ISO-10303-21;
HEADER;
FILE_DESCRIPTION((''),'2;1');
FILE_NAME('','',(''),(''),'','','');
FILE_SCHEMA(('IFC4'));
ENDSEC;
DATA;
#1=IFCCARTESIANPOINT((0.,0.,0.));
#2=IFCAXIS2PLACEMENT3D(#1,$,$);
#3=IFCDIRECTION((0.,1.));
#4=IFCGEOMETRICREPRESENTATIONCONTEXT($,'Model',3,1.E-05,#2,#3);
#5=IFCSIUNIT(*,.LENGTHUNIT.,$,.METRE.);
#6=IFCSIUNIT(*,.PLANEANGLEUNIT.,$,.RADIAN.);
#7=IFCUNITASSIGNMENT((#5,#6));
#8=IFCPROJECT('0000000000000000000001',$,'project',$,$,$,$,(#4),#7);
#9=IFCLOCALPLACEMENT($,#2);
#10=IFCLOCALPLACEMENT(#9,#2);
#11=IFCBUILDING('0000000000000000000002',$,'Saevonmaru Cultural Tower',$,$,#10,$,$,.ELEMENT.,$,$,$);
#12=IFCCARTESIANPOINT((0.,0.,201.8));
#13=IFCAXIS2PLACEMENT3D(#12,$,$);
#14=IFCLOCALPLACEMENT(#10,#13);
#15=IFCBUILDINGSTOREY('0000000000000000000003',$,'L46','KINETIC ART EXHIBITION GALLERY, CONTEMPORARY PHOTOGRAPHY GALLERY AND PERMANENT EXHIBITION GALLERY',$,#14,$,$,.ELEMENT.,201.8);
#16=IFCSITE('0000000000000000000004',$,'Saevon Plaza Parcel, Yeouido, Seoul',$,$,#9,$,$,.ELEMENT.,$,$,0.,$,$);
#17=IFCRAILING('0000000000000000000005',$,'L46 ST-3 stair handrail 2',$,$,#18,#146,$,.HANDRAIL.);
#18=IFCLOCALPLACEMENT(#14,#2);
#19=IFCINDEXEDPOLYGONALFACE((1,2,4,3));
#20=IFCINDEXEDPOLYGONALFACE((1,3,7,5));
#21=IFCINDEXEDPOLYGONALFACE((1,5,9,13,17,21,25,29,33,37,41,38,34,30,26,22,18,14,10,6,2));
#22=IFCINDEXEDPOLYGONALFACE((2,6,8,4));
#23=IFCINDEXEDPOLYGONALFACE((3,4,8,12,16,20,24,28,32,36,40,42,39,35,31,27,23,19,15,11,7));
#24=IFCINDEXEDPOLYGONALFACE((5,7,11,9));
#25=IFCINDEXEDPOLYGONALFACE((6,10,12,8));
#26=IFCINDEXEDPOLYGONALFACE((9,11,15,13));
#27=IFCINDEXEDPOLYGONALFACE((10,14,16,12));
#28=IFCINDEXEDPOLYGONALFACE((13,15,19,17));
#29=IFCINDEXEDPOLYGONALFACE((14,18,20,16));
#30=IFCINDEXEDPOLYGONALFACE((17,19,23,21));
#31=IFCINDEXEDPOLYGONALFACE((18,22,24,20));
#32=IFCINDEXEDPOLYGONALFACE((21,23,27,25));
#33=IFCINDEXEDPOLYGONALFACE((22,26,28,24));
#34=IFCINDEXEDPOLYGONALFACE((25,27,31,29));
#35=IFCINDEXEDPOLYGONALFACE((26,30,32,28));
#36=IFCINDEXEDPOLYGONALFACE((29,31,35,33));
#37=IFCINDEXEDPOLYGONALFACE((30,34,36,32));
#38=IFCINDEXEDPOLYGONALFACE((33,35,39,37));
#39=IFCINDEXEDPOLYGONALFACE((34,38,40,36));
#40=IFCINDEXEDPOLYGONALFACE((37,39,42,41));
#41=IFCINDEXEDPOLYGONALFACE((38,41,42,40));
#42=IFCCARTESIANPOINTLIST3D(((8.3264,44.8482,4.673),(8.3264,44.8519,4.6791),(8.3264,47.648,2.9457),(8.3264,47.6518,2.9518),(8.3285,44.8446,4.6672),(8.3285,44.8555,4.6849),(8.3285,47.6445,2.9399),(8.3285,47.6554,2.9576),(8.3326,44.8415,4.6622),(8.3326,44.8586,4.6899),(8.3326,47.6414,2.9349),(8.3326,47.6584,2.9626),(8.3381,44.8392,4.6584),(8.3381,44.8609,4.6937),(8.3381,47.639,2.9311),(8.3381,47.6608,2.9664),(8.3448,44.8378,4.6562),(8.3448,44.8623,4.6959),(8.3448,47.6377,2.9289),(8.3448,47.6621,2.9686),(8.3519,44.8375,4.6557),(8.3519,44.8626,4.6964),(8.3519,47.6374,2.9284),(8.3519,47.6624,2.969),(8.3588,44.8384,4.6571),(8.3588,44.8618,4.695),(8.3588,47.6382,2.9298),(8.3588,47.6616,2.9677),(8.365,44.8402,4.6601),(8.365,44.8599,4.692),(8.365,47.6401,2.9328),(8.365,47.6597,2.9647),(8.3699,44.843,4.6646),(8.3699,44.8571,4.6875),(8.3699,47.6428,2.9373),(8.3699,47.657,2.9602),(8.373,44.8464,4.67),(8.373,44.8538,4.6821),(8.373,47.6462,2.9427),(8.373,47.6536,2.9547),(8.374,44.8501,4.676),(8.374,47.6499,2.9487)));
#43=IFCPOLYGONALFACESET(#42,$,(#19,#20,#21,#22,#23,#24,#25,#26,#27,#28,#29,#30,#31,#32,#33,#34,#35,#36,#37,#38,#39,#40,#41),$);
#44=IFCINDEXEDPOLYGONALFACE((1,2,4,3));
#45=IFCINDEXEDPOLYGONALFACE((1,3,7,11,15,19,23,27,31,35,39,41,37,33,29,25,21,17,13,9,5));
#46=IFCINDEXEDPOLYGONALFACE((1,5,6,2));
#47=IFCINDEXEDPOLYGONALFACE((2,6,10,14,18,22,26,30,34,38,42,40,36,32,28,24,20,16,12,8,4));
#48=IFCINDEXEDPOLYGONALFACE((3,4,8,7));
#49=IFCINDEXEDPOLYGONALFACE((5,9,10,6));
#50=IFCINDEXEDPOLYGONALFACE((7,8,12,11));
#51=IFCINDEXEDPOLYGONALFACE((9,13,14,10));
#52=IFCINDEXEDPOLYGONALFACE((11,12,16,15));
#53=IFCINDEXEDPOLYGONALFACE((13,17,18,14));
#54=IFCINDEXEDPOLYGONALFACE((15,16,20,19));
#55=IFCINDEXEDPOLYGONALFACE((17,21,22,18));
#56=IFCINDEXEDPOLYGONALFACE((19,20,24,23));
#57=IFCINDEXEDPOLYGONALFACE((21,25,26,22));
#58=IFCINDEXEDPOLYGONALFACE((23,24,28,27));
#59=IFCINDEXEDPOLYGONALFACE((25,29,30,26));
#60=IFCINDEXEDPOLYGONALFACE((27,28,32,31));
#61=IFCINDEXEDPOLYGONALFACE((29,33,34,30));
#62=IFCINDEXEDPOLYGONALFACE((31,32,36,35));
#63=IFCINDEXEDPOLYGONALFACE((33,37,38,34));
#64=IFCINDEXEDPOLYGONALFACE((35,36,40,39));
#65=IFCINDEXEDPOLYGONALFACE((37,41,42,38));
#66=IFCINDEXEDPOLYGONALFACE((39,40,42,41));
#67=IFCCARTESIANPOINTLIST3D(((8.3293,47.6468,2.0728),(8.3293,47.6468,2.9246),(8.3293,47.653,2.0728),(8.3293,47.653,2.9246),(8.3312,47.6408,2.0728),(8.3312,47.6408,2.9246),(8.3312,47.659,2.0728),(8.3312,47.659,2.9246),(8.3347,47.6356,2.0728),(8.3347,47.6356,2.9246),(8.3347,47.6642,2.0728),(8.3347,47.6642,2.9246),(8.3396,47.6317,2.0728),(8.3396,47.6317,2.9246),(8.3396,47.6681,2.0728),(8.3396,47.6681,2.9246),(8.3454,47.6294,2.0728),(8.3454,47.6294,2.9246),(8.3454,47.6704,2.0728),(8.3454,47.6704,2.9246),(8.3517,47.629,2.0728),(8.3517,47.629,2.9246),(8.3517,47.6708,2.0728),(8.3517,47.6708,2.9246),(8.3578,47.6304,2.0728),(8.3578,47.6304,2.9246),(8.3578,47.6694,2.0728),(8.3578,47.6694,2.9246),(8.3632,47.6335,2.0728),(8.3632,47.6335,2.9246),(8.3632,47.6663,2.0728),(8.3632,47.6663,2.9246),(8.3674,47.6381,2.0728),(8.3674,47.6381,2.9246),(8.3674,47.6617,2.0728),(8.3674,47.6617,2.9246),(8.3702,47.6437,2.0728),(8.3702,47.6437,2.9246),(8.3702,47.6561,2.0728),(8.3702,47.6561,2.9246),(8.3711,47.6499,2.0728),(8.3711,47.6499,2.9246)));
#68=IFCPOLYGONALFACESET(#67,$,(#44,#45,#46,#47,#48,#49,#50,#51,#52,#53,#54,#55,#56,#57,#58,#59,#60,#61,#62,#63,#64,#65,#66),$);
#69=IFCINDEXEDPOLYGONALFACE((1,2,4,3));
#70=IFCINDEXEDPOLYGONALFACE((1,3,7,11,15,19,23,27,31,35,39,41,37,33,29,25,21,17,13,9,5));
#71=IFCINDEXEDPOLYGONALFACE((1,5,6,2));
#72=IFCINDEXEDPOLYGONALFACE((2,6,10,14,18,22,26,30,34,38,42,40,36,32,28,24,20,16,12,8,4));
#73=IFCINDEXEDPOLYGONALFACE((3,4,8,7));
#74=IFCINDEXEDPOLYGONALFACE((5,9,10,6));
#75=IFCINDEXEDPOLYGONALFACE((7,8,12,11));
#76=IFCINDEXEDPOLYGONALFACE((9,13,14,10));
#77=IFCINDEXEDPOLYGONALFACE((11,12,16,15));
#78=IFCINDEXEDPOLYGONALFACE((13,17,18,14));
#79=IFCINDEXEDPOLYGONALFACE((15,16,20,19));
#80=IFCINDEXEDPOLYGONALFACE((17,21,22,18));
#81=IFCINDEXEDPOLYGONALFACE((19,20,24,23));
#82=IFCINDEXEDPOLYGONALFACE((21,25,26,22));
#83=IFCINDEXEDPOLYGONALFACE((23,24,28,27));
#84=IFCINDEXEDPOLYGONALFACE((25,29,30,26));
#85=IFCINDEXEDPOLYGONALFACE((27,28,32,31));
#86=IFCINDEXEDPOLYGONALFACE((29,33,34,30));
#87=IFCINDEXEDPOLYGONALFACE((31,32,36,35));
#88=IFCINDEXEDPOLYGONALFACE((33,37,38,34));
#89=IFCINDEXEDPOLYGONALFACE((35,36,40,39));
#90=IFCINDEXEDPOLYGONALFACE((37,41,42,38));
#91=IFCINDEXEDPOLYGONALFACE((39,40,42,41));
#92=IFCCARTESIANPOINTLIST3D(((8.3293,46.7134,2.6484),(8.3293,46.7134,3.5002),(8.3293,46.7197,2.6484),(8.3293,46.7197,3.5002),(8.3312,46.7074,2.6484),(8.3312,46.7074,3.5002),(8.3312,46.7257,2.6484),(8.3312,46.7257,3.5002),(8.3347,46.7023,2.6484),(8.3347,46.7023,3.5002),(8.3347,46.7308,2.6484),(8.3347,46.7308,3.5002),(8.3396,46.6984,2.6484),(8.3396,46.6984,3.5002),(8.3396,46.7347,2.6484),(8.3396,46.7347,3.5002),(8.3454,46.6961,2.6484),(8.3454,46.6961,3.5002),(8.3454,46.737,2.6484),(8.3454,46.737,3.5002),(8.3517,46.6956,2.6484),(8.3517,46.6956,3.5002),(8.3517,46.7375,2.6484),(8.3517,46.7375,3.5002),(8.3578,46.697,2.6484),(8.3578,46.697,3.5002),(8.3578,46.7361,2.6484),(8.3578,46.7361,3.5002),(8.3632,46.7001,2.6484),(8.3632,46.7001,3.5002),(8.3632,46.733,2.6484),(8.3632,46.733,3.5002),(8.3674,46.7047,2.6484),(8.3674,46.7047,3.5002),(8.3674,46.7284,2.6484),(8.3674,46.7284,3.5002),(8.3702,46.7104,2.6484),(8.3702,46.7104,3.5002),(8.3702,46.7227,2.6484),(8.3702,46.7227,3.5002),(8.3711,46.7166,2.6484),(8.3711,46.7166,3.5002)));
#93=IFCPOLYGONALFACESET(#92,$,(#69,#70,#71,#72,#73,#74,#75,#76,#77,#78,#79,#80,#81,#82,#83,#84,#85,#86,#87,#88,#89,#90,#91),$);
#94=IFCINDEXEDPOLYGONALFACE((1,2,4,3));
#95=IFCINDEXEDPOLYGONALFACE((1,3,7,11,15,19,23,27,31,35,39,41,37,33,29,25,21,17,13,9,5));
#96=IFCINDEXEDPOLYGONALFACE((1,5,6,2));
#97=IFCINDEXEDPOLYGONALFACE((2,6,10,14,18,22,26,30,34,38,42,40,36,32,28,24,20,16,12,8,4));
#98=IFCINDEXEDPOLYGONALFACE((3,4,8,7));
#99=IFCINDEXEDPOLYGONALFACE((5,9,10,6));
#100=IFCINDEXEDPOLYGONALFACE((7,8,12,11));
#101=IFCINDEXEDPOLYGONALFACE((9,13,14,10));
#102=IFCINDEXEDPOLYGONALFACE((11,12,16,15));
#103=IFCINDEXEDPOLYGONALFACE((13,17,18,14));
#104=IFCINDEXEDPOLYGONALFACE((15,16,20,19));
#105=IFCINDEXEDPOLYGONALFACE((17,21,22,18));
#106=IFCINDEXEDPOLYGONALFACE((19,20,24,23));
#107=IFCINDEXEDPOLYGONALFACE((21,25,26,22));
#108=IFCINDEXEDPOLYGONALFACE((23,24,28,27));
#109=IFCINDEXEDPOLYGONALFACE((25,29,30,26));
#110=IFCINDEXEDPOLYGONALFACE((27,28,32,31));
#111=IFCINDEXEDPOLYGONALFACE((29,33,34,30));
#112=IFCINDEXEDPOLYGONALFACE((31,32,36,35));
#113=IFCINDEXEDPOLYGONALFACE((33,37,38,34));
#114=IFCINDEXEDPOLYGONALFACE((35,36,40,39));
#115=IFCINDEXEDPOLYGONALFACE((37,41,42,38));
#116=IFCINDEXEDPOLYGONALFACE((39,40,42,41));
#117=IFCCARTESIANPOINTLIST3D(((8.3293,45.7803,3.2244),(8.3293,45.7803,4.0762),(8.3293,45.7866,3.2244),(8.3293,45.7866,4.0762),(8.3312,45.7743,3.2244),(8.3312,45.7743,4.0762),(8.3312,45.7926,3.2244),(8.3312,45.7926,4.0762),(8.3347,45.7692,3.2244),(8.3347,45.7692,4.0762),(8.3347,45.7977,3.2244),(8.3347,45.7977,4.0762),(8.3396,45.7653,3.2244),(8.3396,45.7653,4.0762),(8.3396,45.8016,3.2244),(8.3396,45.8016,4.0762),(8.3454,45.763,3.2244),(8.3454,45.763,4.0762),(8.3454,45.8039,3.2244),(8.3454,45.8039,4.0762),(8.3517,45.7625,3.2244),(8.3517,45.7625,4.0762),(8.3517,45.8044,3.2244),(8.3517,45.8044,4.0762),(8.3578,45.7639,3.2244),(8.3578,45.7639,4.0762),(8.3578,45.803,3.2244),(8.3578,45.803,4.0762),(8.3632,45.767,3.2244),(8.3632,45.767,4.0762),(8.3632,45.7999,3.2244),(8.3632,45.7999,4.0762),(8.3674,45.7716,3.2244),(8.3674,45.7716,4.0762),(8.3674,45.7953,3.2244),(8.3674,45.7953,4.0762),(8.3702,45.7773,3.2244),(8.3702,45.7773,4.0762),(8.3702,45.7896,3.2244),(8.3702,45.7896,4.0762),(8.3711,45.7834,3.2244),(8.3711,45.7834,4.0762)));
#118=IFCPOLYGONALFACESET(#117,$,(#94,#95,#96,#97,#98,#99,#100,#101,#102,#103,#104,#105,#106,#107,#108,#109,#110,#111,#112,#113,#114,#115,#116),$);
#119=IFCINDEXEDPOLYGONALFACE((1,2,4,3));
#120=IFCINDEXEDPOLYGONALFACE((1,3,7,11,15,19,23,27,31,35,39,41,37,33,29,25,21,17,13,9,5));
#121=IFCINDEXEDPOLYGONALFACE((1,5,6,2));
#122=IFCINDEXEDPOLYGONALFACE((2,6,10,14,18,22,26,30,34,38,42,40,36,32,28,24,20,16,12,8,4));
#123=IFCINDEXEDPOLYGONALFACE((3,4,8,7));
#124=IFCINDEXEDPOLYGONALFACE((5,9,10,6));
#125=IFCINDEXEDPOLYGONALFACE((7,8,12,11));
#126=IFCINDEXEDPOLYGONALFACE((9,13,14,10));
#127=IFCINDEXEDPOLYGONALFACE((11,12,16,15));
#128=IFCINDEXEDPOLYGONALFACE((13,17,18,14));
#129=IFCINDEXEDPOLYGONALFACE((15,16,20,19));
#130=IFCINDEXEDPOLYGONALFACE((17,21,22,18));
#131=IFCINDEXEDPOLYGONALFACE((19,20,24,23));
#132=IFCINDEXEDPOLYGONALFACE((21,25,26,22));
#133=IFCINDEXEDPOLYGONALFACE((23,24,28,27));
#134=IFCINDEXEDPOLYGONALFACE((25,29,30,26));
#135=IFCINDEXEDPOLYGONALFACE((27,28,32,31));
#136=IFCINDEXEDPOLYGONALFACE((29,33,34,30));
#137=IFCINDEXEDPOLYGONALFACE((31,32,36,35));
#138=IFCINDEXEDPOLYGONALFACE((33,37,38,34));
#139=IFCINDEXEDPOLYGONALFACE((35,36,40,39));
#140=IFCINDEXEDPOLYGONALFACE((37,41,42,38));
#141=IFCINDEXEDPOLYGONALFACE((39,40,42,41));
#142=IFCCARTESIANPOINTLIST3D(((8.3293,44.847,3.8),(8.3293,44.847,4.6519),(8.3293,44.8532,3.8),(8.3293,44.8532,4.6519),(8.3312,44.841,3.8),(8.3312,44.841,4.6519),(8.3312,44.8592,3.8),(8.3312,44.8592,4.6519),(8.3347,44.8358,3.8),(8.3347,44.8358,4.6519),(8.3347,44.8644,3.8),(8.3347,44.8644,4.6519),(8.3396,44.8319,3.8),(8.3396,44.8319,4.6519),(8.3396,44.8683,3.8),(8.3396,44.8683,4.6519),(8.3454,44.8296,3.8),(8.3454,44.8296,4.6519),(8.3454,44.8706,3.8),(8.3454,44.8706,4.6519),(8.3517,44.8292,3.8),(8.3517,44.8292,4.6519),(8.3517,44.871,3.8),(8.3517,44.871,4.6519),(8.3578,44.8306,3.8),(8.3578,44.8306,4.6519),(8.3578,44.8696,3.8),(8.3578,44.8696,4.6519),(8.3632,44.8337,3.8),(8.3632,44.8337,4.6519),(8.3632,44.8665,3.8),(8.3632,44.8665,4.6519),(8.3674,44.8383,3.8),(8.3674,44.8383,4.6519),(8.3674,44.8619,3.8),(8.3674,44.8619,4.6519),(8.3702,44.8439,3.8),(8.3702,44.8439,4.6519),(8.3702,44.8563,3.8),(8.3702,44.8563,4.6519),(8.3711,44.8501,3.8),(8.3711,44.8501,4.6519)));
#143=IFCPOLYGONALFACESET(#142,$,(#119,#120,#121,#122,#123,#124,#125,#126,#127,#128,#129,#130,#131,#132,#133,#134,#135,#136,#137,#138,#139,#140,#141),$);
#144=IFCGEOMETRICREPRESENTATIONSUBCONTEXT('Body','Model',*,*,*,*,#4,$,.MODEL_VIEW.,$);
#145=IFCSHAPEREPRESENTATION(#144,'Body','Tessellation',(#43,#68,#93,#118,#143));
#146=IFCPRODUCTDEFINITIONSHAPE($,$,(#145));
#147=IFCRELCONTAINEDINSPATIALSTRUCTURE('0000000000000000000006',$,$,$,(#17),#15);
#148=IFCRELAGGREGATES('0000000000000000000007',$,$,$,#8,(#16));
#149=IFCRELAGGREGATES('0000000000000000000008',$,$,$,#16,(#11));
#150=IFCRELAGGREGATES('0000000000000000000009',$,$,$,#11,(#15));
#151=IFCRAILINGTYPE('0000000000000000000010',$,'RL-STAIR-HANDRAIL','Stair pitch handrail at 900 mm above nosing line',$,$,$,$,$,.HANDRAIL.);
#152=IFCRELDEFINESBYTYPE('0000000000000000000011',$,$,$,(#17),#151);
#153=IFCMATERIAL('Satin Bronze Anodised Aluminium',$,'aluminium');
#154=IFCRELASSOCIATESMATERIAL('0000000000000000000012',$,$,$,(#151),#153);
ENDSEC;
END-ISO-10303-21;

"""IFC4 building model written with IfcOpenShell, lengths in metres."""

from ifc_helpers import new_model, si_unit, direction, frame, origin, origin_2d, place, context, subcontext, project, spatial, circle, extrude, material, type_object, element, save


model = new_model("IFC4")

# Units and contexts
model_context = context("Model", 3, precision=1e-05, world=origin(), true_north=direction((0.0, 1.0)))
body_context = subcontext(model_context, "Body", "Model", "MODEL_VIEW")
ifc_project = project(units=[si_unit("LENGTHUNIT", "METRE"), si_unit("PLANEANGLEUNIT", "RADIAN")], contexts=[model_context])

# Site, building, storey
site_placement = place(None, origin())
site = spatial("IfcSite", under=ifc_project, at=site_placement, Name="Saevon Plaza Parcel, Yeouido, Seoul", CompositionType="ELEMENT", RefElevation=0.0)
building_placement = place(site_placement, origin())
building = spatial("IfcBuilding", under=site, at=building_placement, Name="Saevonmaru Cultural Tower", CompositionType="ELEMENT")
storey_placement = place(building_placement, frame((0.0, 0.0, 201.8)))
storey = spatial("IfcBuildingStorey", under=building, at=storey_placement, Name="L46", Description="KINETIC ART EXHIBITION GALLERY, CONTEMPORARY PHOTOGRAPHY GALLERY AND PERMANENT EXHIBITION GALLERY", CompositionType="ELEMENT", Elevation=201.8)

# Shared definitions
ifc_material_1 = material(Name="Satin Bronze Anodised Aluminium", Category="aluminium")

# Railing
railing_type_1 = type_object("IfcRailingType", Name="RL-STAIR-HANDRAIL", Description="Stair pitch handrail at 900 mm above nosing line", PredefinedType="HANDRAIL", material=ifc_material_1)
railing_1_placement = place(storey_placement, frame((8.3501, 47.6499, 2.0728)))
element("IfcRailing", 1, at=railing_1_placement, inside=storey, type_object=railing_type_1, Name="L46 ST-3 stair handrail 2", PredefinedType="HANDRAIL", context=body_context, shape_type="SweptSolid", body=[
    extrude(circle(Radius=0.0239, at=origin_2d()), frame((0.0, 0.0, 0.876), z_axis=(0.0, -0.851069, 0.525054), x_axis=(1.0, 0.0, 0.0)), (0.0, 0.0, 1.0), 3.2898),
    extrude(circle(Radius=0.021, at=origin_2d()), origin(), (0.0, 0.0, 1.0), 0.8518),
    extrude(circle(Radius=0.021, at=origin_2d()), frame((0.0, -0.9333, 0.5757)), (0.0, 0.0, 1.0), 0.8518),
    extrude(circle(Radius=0.021, at=origin_2d()), frame((0.0, -1.8665, 1.1516)), (0.0, 0.0, 1.0), 0.8518),
    extrude(circle(Radius=0.021, at=origin_2d()), frame((0.0, -2.7998, 1.7273)), (0.0, 0.0, 1.0), 0.8518),
])

save(model, "model.ifc")
